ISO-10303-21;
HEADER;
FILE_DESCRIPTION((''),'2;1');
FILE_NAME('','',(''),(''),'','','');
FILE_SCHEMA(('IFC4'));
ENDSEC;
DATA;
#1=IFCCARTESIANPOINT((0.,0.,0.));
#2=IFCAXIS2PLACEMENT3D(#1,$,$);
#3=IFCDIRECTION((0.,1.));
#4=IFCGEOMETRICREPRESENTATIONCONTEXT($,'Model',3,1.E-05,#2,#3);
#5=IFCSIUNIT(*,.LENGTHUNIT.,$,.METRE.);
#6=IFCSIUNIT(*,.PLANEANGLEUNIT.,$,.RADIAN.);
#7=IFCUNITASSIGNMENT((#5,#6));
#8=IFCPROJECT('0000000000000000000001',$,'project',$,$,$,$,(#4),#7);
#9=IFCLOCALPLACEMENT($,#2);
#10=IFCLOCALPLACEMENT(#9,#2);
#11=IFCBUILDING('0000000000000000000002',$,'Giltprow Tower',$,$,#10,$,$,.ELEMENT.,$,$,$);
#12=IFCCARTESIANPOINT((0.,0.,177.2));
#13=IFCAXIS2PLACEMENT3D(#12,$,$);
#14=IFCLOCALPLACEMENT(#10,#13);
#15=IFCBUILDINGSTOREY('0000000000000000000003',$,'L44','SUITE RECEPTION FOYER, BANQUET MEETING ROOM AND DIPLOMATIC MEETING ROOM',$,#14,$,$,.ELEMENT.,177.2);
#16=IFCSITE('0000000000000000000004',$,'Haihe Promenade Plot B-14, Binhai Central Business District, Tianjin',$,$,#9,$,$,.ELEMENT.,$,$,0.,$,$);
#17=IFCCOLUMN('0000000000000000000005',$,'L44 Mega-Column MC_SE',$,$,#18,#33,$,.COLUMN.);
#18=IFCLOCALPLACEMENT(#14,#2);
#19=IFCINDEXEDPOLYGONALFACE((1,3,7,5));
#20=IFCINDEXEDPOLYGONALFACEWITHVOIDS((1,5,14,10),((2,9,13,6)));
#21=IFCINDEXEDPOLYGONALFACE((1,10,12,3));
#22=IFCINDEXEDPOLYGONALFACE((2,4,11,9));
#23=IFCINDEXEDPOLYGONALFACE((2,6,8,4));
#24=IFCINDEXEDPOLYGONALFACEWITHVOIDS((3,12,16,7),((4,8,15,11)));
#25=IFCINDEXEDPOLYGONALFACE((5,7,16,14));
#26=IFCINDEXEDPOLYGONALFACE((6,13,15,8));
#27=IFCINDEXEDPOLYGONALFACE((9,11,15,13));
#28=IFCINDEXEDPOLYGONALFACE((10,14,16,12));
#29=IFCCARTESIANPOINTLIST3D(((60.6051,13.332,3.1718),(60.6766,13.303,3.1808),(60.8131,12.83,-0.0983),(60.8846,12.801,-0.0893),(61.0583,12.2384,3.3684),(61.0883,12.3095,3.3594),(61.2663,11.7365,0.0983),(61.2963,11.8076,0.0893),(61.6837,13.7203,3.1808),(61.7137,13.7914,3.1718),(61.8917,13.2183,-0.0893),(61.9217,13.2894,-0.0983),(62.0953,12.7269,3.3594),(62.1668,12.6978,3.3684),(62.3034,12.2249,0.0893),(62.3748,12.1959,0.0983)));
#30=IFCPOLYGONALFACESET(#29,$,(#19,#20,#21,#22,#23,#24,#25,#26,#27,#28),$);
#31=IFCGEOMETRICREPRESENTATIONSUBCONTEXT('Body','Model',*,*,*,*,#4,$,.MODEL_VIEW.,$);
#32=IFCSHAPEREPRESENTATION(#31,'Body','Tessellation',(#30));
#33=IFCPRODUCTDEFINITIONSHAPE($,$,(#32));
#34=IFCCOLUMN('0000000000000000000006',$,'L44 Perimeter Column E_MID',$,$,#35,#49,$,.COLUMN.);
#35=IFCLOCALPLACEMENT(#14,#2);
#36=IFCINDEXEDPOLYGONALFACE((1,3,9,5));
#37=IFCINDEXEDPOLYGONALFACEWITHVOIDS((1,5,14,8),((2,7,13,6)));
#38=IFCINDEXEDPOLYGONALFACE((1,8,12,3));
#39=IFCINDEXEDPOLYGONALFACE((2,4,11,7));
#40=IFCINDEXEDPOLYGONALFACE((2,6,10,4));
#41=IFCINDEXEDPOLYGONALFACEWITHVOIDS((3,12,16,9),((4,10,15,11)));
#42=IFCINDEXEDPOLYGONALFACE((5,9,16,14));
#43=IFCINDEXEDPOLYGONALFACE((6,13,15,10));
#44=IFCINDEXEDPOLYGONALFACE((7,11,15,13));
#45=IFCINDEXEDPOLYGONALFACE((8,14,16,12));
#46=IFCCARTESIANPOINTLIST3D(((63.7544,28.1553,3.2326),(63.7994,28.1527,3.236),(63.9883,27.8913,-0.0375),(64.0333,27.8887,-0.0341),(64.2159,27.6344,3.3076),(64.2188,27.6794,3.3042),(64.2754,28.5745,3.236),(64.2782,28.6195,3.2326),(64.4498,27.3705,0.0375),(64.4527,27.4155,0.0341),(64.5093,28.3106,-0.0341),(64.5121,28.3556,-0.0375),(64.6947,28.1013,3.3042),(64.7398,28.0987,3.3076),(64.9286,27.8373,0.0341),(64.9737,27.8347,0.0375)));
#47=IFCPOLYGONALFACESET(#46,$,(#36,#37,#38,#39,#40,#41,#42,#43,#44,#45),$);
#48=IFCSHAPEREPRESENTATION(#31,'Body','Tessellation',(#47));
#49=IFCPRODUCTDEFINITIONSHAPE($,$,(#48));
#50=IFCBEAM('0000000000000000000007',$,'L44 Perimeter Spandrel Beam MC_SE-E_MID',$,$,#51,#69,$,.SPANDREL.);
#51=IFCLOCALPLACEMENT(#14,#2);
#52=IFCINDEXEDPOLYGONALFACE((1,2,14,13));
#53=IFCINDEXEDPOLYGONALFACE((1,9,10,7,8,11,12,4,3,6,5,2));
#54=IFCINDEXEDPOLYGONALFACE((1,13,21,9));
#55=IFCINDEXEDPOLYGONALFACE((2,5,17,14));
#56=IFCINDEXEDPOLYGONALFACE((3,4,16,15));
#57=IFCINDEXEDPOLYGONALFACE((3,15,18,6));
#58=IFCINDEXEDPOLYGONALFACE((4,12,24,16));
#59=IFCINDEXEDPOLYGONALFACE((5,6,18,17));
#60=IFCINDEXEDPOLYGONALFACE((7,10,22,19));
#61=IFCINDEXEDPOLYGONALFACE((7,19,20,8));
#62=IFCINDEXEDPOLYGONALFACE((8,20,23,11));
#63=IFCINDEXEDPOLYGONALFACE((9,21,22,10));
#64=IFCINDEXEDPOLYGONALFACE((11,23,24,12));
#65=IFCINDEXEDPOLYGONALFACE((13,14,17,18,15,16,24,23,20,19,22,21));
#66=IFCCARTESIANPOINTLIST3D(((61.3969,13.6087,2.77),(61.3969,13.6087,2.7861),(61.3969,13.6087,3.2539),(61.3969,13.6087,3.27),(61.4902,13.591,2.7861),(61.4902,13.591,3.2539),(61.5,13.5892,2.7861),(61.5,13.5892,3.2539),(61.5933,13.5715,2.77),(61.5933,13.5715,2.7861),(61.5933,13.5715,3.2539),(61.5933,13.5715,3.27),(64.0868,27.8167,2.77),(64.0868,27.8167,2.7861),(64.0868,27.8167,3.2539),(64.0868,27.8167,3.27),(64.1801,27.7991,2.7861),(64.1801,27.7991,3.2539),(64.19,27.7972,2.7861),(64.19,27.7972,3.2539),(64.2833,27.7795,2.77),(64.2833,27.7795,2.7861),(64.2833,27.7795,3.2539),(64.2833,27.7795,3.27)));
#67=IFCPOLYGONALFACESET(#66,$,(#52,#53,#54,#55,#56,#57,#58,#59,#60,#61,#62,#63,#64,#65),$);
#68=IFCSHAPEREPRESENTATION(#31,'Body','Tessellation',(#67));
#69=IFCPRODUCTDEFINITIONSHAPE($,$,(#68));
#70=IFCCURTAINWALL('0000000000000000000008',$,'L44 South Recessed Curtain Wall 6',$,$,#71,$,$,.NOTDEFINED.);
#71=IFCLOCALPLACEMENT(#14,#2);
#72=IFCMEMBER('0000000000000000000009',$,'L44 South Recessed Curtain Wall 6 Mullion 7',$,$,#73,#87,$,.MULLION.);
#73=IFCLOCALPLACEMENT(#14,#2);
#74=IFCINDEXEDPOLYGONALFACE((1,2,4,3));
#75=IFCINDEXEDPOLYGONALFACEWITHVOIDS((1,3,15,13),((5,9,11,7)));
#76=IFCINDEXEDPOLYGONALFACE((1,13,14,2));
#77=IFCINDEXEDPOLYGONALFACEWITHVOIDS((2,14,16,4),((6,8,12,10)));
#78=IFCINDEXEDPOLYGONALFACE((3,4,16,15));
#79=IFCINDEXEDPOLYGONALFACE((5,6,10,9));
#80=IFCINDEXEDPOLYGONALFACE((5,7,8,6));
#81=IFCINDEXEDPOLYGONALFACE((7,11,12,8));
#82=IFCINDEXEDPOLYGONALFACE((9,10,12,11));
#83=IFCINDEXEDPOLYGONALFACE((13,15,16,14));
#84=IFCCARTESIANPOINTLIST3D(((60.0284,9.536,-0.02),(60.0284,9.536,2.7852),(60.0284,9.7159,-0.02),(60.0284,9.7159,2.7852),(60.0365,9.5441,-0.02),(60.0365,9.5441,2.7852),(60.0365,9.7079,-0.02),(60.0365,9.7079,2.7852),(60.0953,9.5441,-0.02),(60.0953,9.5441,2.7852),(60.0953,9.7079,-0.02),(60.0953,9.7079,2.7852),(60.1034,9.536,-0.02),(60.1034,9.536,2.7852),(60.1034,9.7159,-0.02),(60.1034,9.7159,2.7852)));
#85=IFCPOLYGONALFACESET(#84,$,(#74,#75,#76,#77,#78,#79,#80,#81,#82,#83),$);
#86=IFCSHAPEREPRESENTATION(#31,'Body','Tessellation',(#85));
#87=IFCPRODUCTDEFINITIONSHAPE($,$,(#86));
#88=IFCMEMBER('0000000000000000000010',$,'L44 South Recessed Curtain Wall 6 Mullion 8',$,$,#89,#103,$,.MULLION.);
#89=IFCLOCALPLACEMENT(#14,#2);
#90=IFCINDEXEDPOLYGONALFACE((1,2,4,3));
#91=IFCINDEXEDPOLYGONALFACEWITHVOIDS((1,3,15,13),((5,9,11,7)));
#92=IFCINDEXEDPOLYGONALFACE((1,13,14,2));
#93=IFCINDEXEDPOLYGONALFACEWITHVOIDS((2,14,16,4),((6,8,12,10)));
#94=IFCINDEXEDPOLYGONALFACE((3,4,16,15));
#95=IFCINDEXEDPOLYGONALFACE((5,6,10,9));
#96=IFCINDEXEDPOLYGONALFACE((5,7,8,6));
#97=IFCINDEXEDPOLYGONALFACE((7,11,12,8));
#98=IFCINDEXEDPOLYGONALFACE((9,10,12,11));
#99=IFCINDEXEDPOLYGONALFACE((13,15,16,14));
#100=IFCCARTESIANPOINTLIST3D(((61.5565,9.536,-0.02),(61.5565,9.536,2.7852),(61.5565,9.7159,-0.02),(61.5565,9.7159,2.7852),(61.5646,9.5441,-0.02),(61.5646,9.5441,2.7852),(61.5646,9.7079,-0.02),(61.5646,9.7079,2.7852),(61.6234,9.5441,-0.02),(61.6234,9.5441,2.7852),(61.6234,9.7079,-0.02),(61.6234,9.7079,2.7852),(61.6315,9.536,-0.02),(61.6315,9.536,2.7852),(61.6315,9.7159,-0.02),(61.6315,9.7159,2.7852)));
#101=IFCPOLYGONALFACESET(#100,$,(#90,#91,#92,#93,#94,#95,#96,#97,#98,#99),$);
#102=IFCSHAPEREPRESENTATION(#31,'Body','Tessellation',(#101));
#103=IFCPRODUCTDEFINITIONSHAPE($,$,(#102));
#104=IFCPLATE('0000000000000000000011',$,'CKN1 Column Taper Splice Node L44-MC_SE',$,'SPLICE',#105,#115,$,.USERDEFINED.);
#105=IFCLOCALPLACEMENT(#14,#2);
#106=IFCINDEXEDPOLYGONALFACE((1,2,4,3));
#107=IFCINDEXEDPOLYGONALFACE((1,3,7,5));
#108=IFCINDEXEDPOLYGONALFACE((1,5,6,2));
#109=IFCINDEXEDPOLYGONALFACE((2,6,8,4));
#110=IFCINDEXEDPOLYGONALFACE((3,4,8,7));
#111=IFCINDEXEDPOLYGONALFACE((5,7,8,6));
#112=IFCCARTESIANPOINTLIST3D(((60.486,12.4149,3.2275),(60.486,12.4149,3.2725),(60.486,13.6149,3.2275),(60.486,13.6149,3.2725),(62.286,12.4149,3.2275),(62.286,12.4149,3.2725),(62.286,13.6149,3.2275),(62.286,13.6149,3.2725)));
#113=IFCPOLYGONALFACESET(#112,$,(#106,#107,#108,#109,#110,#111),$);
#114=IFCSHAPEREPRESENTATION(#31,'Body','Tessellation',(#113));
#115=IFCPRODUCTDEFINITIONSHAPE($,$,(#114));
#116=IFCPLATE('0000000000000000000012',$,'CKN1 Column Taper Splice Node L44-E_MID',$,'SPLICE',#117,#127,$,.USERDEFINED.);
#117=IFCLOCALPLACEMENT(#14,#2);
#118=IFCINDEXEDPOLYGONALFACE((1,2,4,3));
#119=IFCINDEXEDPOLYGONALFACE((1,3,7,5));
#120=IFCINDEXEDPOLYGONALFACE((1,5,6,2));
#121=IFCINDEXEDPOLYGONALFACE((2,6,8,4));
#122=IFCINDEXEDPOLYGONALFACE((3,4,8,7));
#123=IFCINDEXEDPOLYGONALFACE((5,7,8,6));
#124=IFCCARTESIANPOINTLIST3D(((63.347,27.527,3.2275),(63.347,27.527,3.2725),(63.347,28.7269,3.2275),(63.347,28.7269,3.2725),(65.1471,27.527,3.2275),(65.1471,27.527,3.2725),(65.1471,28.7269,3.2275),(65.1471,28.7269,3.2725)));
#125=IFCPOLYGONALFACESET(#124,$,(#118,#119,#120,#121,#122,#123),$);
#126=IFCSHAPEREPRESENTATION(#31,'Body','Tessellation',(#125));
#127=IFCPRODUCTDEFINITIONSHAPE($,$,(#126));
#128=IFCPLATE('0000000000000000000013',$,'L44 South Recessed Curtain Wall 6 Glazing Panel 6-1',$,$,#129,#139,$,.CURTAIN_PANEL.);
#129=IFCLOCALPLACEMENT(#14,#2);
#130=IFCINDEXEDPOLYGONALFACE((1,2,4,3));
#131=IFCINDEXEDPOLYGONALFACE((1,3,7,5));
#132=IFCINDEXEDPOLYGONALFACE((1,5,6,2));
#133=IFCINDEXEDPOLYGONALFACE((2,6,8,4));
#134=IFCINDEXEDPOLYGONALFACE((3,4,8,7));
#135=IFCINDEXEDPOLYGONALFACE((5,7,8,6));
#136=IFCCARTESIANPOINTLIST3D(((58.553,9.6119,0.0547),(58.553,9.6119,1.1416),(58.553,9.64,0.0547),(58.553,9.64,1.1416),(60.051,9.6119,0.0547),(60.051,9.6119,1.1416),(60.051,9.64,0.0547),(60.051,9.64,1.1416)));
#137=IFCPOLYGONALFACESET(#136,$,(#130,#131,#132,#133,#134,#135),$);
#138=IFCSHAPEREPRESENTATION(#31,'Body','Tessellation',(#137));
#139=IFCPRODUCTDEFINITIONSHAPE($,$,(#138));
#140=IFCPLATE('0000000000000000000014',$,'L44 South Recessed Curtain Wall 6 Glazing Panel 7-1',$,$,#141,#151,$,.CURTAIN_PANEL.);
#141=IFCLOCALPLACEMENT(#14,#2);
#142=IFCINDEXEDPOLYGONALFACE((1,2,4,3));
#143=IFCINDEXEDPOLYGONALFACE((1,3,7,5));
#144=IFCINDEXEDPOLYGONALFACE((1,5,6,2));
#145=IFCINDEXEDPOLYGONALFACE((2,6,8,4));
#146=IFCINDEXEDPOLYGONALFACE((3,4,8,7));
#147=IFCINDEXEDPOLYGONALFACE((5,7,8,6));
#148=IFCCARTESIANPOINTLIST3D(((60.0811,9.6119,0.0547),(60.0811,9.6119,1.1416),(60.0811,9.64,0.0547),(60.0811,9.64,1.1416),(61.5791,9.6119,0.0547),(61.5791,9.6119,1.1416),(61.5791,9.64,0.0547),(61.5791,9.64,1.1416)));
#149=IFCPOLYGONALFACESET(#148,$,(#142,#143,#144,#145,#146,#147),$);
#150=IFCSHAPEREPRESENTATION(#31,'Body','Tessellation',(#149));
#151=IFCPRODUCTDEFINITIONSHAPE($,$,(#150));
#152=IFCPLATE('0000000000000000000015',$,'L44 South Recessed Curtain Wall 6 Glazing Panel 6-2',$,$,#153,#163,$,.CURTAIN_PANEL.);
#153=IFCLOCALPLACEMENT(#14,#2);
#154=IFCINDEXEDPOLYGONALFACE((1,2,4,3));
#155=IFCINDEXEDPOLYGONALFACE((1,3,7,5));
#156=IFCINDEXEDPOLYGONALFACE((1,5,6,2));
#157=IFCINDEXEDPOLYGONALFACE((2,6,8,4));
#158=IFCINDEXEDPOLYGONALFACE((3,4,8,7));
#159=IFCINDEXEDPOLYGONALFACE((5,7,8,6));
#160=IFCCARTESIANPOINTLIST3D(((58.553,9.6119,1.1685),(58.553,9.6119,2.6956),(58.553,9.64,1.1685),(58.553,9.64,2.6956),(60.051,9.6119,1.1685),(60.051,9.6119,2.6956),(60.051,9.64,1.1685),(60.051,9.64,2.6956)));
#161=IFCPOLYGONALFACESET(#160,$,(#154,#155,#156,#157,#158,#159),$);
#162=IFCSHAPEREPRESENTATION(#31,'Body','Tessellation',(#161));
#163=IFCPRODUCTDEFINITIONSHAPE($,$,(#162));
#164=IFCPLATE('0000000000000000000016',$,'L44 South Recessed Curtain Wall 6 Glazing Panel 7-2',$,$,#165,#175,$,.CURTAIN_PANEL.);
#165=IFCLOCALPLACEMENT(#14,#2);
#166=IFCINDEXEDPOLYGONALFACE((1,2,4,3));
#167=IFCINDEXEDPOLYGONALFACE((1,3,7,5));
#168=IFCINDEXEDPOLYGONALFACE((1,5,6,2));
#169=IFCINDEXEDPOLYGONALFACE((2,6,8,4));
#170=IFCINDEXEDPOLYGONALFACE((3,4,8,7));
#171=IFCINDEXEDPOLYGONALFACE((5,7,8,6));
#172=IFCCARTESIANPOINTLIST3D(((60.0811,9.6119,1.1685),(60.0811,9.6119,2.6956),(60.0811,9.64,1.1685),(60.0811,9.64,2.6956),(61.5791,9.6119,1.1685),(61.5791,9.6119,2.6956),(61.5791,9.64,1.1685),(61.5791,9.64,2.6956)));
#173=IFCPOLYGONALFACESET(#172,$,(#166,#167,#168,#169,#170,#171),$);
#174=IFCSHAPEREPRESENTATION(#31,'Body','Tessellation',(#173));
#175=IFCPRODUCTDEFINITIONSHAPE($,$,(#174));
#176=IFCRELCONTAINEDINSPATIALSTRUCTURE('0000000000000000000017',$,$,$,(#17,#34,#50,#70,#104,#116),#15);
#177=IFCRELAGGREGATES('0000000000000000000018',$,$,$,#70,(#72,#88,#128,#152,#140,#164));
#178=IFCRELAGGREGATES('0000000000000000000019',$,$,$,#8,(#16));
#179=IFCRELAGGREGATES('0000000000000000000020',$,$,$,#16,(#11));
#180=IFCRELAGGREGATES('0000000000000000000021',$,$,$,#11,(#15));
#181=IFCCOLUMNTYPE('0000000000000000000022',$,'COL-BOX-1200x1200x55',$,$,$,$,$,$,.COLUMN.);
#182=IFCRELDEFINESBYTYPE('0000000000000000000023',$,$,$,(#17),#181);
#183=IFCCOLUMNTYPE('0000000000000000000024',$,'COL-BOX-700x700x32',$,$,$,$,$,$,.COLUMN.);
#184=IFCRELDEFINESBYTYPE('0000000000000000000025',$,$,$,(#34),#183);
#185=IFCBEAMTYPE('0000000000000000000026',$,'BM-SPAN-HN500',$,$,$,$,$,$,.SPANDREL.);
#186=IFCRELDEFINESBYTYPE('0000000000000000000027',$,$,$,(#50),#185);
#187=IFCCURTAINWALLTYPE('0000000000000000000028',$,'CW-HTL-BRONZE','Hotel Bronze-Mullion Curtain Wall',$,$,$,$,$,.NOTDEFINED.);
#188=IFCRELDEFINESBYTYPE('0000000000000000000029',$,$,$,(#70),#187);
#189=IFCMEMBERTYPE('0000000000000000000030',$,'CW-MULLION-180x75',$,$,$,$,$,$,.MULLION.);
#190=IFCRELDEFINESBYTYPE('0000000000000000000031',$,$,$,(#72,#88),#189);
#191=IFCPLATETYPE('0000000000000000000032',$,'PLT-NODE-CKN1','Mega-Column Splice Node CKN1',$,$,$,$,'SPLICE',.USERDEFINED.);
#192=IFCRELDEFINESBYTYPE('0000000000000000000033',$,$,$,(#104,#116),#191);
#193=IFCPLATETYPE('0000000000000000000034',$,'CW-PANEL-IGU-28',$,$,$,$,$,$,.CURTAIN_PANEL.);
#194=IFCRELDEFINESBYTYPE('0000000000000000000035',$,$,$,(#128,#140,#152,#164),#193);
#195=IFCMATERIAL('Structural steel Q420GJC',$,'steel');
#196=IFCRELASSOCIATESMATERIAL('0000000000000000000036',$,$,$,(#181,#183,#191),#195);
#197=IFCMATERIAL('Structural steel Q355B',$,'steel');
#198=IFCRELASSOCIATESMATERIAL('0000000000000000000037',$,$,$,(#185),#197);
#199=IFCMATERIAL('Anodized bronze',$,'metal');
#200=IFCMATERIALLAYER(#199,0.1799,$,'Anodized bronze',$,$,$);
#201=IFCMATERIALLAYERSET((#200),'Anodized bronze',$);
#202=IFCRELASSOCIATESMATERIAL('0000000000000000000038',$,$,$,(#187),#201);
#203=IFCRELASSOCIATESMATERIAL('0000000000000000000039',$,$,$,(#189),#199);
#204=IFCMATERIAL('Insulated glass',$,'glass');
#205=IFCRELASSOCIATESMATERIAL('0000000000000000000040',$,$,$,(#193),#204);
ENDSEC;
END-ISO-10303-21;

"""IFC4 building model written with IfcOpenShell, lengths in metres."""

from ifc_helpers import new_model, si_unit, direction, frame, origin, origin_2d, place, context, subcontext, project, spatial, rectangle, hollow_rectangle, i_section, extrude, source, transform, mapped, material, layer, layer_set, material_profile, profile_set, type_object, element, aggregate, save


model = new_model("IFC4")

# Units and contexts
model_context = context("Model", 3, precision=1e-05, world=origin(), true_north=direction((0.0, 1.0)))
body_context = subcontext(model_context, "Body", "Model", "MODEL_VIEW")
ifc_project = project(units=[si_unit("LENGTHUNIT", "METRE"), si_unit("PLANEANGLEUNIT", "RADIAN")], contexts=[model_context])

# Site, building, storey
site_placement = place(None, origin())
site = spatial("IfcSite", under=ifc_project, at=site_placement, Name="Haihe Promenade Plot B-14, Binhai Central Business District, Tianjin", CompositionType="ELEMENT", RefElevation=0.0)
building_placement = place(site_placement, origin())
building = spatial("IfcBuilding", under=site, at=building_placement, Name="Giltprow Tower", CompositionType="ELEMENT")
storey_placement = place(building_placement, frame((0.0, 0.0, 177.2)))
storey = spatial("IfcBuildingStorey", under=building, at=storey_placement, Name="L44", Description="SUITE RECEPTION FOYER, BANQUET MEETING ROOM AND DIPLOMATIC MEETING ROOM", CompositionType="ELEMENT", Elevation=177.2)

# Columns
ifc_material_1 = material(Name="Structural steel Q420GJC", Category="steel")
ifc_material_profile_1 = material_profile(ifc_material_1, hollow_rectangle(XDim=1.2, YDim=1.2, WallThickness=0.0549, at=origin_2d()), Name="BOX 1200x1200x55")
ifc_profile_set_1 = profile_set([ifc_material_profile_1], Name="Structural steel Q420GJC")
column_type_1 = type_object("IfcColumnType", Name="COL-BOX-1200x1200x55", PredefinedType="COLUMN", material=ifc_profile_set_1)
shared_shape_1 = source(origin(), body_context, "Body", "SweptSolid", [
    extrude(hollow_rectangle(XDim=1.2, YDim=1.2, WallThickness=0.0549, at=origin_2d()), origin(), (0.0, 0.0, 1.0), 3.3149),
])
column_1_placement = place(storey_placement, frame((61.594, 12.5129, 0.0), z_axis=(-0.06275, 0.151425, 0.986475), x_axis=(-0.92382, -0.382828, 0.0)))
element("IfcColumn", 1, at=column_1_placement, inside=storey, type_object=column_type_1, Name="L44 Mega-Column MC_SE", PredefinedType="COLUMN", context=body_context, shape_type="MappedRepresentation", body=[
    mapped(shared_shape_1, transform((0.0, 0.0, 0.0), x_axis=(1.0, 0.0, 0.0), y_axis=(0.0, 1.0, 0.0), z_axis=(0.0, 0.0, 1.0), scale=1.0)),
])
ifc_material_profile_2 = material_profile(ifc_material_1, hollow_rectangle(XDim=0.7, YDim=0.7, WallThickness=0.032, at=origin_2d()), Name="BOX 700x700x32")
ifc_profile_set_2 = profile_set([ifc_material_profile_2], Name="Structural steel Q420GJC")
column_type_2 = type_object("IfcColumnType", Name="COL-BOX-700x700x32", PredefinedType="COLUMN", material=ifc_profile_set_2)
shared_shape_2 = source(origin(), body_context, "Body", "SweptSolid", [
    extrude(hollow_rectangle(XDim=0.7, YDim=0.7, WallThickness=0.032, at=origin_2d()), origin(), (0.0, 0.0, 1.0), 3.2891),
])
column_2_placement = place(storey_placement, frame((64.481, 27.863, 0.0), z_axis=(-0.071112, 0.080243, 0.994235), x_axis=(-0.748402, -0.663246, 0.0)))
element("IfcColumn", 2, at=column_2_placement, inside=storey, type_object=column_type_2, Name="L44 Perimeter Column E_MID", PredefinedType="COLUMN", context=body_context, shape_type="MappedRepresentation", body=[
    mapped(shared_shape_2, transform((0.0, 0.0, 0.0), x_axis=(1.0, 0.0, 0.0), y_axis=(0.0, 1.0, 0.0), z_axis=(0.0, 0.0, 1.0), scale=1.0)),
])

# Beam
ifc_material_2 = material(Name="Structural steel Q355B", Category="steel")
ifc_material_profile_3 = material_profile(ifc_material_2, i_section(OverallWidth=0.2, OverallDepth=0.5, WebThickness=0.01, FlangeThickness=0.0161, at=origin_2d()), Name="HN 500x200x10x16")
ifc_profile_set_3 = profile_set([ifc_material_profile_3], Name="Structural steel Q355B")
beam_type = type_object("IfcBeamType", Name="BM-SPAN-HN500", PredefinedType="SPANDREL", material=ifc_profile_set_3)
shared_shape_3 = source(origin(), body_context, "Body", "SweptSolid", [
    extrude(i_section(OverallWidth=0.2, OverallDepth=0.5, WebThickness=0.01, FlangeThickness=0.0161, at=origin_2d()), origin(), (0.0, 0.0, 1.0), 14.4604),
])
beam_placement = place(storey_placement, frame((61.4951, 13.5901, 3.02), z_axis=(0.186021, 0.982546, 0.0), x_axis=(-0.982546, 0.186021, 0.0)))
element("IfcBeam", 3, at=beam_placement, inside=storey, type_object=beam_type, Name="L44 Perimeter Spandrel Beam MC_SE-E_MID", PredefinedType="SPANDREL", context=body_context, shape_type="MappedRepresentation", body=[
    mapped(shared_shape_3, transform((0.0, 0.0, 0.0), x_axis=(1.0, 0.0, 0.0), y_axis=(0.0, 1.0, 0.0), z_axis=(0.0, 0.0, 1.0), scale=1.0)),
])

# Curtain wall, members
ifc_material_3 = material(Name="Anodized bronze", Category="metal")
ifc_layer_1 = layer(ifc_material_3, 0.1799, Name="Anodized bronze")
ifc_layer_set_1 = layer_set([ifc_layer_1], Name="Anodized bronze")
curtain_wall_type = type_object("IfcCurtainWallType", Name="CW-HTL-BRONZE", Description="Hotel Bronze-Mullion Curtain Wall", PredefinedType="NOTDEFINED", material=ifc_layer_set_1)
curtain_wall_placement = place(storey_placement, origin())
curtain_wall = element("IfcCurtainWall", 4, at=curtain_wall_placement, inside=storey, type_object=curtain_wall_type, Name="L44 South Recessed Curtain Wall 6", PredefinedType="NOTDEFINED")
ifc_material_profile_4 = material_profile(ifc_material_3, hollow_rectangle(XDim=0.075, YDim=0.1799, WallThickness=0.0081, at=origin_2d()), Name="RHS 180x75x8")
ifc_profile_set_4 = profile_set([ifc_material_profile_4], Name="Anodized bronze")
member_type = type_object("IfcMemberType", Name="CW-MULLION-180x75", PredefinedType="MULLION", material=ifc_profile_set_4)
shared_shape_4 = source(origin(), body_context, "Body", "SweptSolid", [
    extrude(hollow_rectangle(XDim=0.075, YDim=0.1799, WallThickness=0.0081, at=origin_2d()), origin(), (0.0, 0.0, 1.0), 2.8052),
])
member_1_placement = place(storey_placement, frame((60.0659, 9.626, -0.02), z_axis=(0.0, 0.0, 1.0), x_axis=(1.0, 0.0, 0.0)))
member_1 = element("IfcMember", 5, at=member_1_placement, type_object=member_type, Name="L44 South Recessed Curtain Wall 6 Mullion 7", PredefinedType="MULLION", context=body_context, shape_type="MappedRepresentation", body=[
    mapped(shared_shape_4, transform((0.0, 0.0, 0.0), x_axis=(1.0, 0.0, 0.0), y_axis=(0.0, 1.0, 0.0), z_axis=(0.0, 0.0, 1.0), scale=1.0)),
])
member_2_placement = place(storey_placement, frame((61.594, 9.626, -0.02), z_axis=(0.0, 0.0, 1.0), x_axis=(1.0, 0.0, 0.0)))
member_2 = element("IfcMember", 6, at=member_2_placement, type_object=member_type, Name="L44 South Recessed Curtain Wall 6 Mullion 8", PredefinedType="MULLION", context=body_context, shape_type="MappedRepresentation", body=[
    mapped(shared_shape_4, transform((0.0, 0.0, 0.0), x_axis=(1.0, 0.0, 0.0), y_axis=(0.0, 1.0, 0.0), z_axis=(0.0, 0.0, 1.0), scale=1.0)),
])

# Plates
plate_type_1 = type_object("IfcPlateType", Name="PLT-NODE-CKN1", Description="Mega-Column Splice Node CKN1", ElementType="SPLICE", PredefinedType="USERDEFINED", material=ifc_material_1)
shared_shape_5 = source(origin(), body_context, "Body", "SweptSolid", [
    extrude(rectangle(XDim=1.8, YDim=1.2, at=origin_2d()), origin(), (0.0, 0.0, 1.0), 0.0449),
])
for number, where, z_axis, x_axis, name in (
    (7, (61.386, 13.0149, 3.2275), (0.0, 0.0, 1.0), (1.0, 0.0, 0.0), "CKN1 Column Taper Splice Node L44-MC_SE"),
    (8, (64.2471, 28.127, 3.2275), (0.0, 0.0, 1.0), (1.0, 0.0, 0.0), "CKN1 Column Taper Splice Node L44-E_MID"),
):
    element("IfcPlate", number, at=place(storey_placement, frame(where, z_axis=z_axis, x_axis=x_axis)), inside=storey, type_object=plate_type_1, Name=name, ObjectType="SPLICE", PredefinedType="USERDEFINED", context=body_context, shape_type="MappedRepresentation", body=[
        mapped(shared_shape_5, transform((0.0, 0.0, 0.0), x_axis=(1.0, 0.0, 0.0), y_axis=(0.0, 1.0, 0.0), z_axis=(0.0, 0.0, 1.0), scale=1.0)),
    ])

# Plates
ifc_material_4 = material(Name="Insulated glass", Category="glass")
plate_type_2 = type_object("IfcPlateType", Name="CW-PANEL-IGU-28", PredefinedType="CURTAIN_PANEL", material=ifc_material_4)
shared_shape_6 = source(origin(), body_context, "Body", "SweptSolid", [
    extrude(rectangle(XDim=1.498, YDim=0.0281, at=origin_2d()), origin(), (0.0, 0.0, 1.0), 1.0869),
])
plate_1_placement = place(storey_placement, frame((59.302, 9.626, 0.0547), z_axis=(0.0, 0.0, 1.0), x_axis=(1.0, 0.0, 0.0)))
plate_1 = element("IfcPlate", 9, at=plate_1_placement, type_object=plate_type_2, Name="L44 South Recessed Curtain Wall 6 Glazing Panel 6-1", PredefinedType="CURTAIN_PANEL", context=body_context, shape_type="MappedRepresentation", body=[
    mapped(shared_shape_6, transform((0.0, 0.0, 0.0), x_axis=(1.0, 0.0, 0.0), y_axis=(0.0, 1.0, 0.0), z_axis=(0.0, 0.0, 1.0), scale=1.0)),
])
plate_2_placement = place(storey_placement, frame((60.8301, 9.626, 0.0547), z_axis=(0.0, 0.0, 1.0), x_axis=(1.0, 0.0, 0.0)))
plate_2 = element("IfcPlate", 10, at=plate_2_placement, type_object=plate_type_2, Name="L44 South Recessed Curtain Wall 6 Glazing Panel 7-1", PredefinedType="CURTAIN_PANEL", context=body_context, shape_type="MappedRepresentation", body=[
    mapped(shared_shape_6, transform((0.0, 0.0, 0.0), x_axis=(1.0, 0.0, 0.0), y_axis=(0.0, 1.0, 0.0), z_axis=(0.0, 0.0, 1.0), scale=1.0)),
])
shared_shape_7 = source(origin(), body_context, "Body", "SweptSolid", [
    extrude(rectangle(XDim=1.498, YDim=0.0281, at=origin_2d()), origin(), (0.0, 0.0, 1.0), 1.5271),
])
plate_3_placement = place(storey_placement, frame((59.302, 9.626, 1.1685), z_axis=(0.0, 0.0, 1.0), x_axis=(1.0, 0.0, 0.0)))
plate_3 = element("IfcPlate", 11, at=plate_3_placement, type_object=plate_type_2, Name="L44 South Recessed Curtain Wall 6 Glazing Panel 6-2", PredefinedType="CURTAIN_PANEL", context=body_context, shape_type="MappedRepresentation", body=[
    mapped(shared_shape_7, transform((0.0, 0.0, 0.0), x_axis=(1.0, 0.0, 0.0), y_axis=(0.0, 1.0, 0.0), z_axis=(0.0, 0.0, 1.0), scale=1.0)),
])
plate_4_placement = place(storey_placement, frame((60.8301, 9.626, 1.1685), z_axis=(0.0, 0.0, 1.0), x_axis=(1.0, 0.0, 0.0)))
plate_4 = element("IfcPlate", 12, at=plate_4_placement, type_object=plate_type_2, Name="L44 South Recessed Curtain Wall 6 Glazing Panel 7-2", PredefinedType="CURTAIN_PANEL", context=body_context, shape_type="MappedRepresentation", body=[
    mapped(shared_shape_7, transform((0.0, 0.0, 0.0), x_axis=(1.0, 0.0, 0.0), y_axis=(0.0, 1.0, 0.0), z_axis=(0.0, 0.0, 1.0), scale=1.0)),
])
aggregate(curtain_wall, [member_1, member_2, plate_1, plate_3, plate_2, plate_4])

save(model, "model.ifc")
